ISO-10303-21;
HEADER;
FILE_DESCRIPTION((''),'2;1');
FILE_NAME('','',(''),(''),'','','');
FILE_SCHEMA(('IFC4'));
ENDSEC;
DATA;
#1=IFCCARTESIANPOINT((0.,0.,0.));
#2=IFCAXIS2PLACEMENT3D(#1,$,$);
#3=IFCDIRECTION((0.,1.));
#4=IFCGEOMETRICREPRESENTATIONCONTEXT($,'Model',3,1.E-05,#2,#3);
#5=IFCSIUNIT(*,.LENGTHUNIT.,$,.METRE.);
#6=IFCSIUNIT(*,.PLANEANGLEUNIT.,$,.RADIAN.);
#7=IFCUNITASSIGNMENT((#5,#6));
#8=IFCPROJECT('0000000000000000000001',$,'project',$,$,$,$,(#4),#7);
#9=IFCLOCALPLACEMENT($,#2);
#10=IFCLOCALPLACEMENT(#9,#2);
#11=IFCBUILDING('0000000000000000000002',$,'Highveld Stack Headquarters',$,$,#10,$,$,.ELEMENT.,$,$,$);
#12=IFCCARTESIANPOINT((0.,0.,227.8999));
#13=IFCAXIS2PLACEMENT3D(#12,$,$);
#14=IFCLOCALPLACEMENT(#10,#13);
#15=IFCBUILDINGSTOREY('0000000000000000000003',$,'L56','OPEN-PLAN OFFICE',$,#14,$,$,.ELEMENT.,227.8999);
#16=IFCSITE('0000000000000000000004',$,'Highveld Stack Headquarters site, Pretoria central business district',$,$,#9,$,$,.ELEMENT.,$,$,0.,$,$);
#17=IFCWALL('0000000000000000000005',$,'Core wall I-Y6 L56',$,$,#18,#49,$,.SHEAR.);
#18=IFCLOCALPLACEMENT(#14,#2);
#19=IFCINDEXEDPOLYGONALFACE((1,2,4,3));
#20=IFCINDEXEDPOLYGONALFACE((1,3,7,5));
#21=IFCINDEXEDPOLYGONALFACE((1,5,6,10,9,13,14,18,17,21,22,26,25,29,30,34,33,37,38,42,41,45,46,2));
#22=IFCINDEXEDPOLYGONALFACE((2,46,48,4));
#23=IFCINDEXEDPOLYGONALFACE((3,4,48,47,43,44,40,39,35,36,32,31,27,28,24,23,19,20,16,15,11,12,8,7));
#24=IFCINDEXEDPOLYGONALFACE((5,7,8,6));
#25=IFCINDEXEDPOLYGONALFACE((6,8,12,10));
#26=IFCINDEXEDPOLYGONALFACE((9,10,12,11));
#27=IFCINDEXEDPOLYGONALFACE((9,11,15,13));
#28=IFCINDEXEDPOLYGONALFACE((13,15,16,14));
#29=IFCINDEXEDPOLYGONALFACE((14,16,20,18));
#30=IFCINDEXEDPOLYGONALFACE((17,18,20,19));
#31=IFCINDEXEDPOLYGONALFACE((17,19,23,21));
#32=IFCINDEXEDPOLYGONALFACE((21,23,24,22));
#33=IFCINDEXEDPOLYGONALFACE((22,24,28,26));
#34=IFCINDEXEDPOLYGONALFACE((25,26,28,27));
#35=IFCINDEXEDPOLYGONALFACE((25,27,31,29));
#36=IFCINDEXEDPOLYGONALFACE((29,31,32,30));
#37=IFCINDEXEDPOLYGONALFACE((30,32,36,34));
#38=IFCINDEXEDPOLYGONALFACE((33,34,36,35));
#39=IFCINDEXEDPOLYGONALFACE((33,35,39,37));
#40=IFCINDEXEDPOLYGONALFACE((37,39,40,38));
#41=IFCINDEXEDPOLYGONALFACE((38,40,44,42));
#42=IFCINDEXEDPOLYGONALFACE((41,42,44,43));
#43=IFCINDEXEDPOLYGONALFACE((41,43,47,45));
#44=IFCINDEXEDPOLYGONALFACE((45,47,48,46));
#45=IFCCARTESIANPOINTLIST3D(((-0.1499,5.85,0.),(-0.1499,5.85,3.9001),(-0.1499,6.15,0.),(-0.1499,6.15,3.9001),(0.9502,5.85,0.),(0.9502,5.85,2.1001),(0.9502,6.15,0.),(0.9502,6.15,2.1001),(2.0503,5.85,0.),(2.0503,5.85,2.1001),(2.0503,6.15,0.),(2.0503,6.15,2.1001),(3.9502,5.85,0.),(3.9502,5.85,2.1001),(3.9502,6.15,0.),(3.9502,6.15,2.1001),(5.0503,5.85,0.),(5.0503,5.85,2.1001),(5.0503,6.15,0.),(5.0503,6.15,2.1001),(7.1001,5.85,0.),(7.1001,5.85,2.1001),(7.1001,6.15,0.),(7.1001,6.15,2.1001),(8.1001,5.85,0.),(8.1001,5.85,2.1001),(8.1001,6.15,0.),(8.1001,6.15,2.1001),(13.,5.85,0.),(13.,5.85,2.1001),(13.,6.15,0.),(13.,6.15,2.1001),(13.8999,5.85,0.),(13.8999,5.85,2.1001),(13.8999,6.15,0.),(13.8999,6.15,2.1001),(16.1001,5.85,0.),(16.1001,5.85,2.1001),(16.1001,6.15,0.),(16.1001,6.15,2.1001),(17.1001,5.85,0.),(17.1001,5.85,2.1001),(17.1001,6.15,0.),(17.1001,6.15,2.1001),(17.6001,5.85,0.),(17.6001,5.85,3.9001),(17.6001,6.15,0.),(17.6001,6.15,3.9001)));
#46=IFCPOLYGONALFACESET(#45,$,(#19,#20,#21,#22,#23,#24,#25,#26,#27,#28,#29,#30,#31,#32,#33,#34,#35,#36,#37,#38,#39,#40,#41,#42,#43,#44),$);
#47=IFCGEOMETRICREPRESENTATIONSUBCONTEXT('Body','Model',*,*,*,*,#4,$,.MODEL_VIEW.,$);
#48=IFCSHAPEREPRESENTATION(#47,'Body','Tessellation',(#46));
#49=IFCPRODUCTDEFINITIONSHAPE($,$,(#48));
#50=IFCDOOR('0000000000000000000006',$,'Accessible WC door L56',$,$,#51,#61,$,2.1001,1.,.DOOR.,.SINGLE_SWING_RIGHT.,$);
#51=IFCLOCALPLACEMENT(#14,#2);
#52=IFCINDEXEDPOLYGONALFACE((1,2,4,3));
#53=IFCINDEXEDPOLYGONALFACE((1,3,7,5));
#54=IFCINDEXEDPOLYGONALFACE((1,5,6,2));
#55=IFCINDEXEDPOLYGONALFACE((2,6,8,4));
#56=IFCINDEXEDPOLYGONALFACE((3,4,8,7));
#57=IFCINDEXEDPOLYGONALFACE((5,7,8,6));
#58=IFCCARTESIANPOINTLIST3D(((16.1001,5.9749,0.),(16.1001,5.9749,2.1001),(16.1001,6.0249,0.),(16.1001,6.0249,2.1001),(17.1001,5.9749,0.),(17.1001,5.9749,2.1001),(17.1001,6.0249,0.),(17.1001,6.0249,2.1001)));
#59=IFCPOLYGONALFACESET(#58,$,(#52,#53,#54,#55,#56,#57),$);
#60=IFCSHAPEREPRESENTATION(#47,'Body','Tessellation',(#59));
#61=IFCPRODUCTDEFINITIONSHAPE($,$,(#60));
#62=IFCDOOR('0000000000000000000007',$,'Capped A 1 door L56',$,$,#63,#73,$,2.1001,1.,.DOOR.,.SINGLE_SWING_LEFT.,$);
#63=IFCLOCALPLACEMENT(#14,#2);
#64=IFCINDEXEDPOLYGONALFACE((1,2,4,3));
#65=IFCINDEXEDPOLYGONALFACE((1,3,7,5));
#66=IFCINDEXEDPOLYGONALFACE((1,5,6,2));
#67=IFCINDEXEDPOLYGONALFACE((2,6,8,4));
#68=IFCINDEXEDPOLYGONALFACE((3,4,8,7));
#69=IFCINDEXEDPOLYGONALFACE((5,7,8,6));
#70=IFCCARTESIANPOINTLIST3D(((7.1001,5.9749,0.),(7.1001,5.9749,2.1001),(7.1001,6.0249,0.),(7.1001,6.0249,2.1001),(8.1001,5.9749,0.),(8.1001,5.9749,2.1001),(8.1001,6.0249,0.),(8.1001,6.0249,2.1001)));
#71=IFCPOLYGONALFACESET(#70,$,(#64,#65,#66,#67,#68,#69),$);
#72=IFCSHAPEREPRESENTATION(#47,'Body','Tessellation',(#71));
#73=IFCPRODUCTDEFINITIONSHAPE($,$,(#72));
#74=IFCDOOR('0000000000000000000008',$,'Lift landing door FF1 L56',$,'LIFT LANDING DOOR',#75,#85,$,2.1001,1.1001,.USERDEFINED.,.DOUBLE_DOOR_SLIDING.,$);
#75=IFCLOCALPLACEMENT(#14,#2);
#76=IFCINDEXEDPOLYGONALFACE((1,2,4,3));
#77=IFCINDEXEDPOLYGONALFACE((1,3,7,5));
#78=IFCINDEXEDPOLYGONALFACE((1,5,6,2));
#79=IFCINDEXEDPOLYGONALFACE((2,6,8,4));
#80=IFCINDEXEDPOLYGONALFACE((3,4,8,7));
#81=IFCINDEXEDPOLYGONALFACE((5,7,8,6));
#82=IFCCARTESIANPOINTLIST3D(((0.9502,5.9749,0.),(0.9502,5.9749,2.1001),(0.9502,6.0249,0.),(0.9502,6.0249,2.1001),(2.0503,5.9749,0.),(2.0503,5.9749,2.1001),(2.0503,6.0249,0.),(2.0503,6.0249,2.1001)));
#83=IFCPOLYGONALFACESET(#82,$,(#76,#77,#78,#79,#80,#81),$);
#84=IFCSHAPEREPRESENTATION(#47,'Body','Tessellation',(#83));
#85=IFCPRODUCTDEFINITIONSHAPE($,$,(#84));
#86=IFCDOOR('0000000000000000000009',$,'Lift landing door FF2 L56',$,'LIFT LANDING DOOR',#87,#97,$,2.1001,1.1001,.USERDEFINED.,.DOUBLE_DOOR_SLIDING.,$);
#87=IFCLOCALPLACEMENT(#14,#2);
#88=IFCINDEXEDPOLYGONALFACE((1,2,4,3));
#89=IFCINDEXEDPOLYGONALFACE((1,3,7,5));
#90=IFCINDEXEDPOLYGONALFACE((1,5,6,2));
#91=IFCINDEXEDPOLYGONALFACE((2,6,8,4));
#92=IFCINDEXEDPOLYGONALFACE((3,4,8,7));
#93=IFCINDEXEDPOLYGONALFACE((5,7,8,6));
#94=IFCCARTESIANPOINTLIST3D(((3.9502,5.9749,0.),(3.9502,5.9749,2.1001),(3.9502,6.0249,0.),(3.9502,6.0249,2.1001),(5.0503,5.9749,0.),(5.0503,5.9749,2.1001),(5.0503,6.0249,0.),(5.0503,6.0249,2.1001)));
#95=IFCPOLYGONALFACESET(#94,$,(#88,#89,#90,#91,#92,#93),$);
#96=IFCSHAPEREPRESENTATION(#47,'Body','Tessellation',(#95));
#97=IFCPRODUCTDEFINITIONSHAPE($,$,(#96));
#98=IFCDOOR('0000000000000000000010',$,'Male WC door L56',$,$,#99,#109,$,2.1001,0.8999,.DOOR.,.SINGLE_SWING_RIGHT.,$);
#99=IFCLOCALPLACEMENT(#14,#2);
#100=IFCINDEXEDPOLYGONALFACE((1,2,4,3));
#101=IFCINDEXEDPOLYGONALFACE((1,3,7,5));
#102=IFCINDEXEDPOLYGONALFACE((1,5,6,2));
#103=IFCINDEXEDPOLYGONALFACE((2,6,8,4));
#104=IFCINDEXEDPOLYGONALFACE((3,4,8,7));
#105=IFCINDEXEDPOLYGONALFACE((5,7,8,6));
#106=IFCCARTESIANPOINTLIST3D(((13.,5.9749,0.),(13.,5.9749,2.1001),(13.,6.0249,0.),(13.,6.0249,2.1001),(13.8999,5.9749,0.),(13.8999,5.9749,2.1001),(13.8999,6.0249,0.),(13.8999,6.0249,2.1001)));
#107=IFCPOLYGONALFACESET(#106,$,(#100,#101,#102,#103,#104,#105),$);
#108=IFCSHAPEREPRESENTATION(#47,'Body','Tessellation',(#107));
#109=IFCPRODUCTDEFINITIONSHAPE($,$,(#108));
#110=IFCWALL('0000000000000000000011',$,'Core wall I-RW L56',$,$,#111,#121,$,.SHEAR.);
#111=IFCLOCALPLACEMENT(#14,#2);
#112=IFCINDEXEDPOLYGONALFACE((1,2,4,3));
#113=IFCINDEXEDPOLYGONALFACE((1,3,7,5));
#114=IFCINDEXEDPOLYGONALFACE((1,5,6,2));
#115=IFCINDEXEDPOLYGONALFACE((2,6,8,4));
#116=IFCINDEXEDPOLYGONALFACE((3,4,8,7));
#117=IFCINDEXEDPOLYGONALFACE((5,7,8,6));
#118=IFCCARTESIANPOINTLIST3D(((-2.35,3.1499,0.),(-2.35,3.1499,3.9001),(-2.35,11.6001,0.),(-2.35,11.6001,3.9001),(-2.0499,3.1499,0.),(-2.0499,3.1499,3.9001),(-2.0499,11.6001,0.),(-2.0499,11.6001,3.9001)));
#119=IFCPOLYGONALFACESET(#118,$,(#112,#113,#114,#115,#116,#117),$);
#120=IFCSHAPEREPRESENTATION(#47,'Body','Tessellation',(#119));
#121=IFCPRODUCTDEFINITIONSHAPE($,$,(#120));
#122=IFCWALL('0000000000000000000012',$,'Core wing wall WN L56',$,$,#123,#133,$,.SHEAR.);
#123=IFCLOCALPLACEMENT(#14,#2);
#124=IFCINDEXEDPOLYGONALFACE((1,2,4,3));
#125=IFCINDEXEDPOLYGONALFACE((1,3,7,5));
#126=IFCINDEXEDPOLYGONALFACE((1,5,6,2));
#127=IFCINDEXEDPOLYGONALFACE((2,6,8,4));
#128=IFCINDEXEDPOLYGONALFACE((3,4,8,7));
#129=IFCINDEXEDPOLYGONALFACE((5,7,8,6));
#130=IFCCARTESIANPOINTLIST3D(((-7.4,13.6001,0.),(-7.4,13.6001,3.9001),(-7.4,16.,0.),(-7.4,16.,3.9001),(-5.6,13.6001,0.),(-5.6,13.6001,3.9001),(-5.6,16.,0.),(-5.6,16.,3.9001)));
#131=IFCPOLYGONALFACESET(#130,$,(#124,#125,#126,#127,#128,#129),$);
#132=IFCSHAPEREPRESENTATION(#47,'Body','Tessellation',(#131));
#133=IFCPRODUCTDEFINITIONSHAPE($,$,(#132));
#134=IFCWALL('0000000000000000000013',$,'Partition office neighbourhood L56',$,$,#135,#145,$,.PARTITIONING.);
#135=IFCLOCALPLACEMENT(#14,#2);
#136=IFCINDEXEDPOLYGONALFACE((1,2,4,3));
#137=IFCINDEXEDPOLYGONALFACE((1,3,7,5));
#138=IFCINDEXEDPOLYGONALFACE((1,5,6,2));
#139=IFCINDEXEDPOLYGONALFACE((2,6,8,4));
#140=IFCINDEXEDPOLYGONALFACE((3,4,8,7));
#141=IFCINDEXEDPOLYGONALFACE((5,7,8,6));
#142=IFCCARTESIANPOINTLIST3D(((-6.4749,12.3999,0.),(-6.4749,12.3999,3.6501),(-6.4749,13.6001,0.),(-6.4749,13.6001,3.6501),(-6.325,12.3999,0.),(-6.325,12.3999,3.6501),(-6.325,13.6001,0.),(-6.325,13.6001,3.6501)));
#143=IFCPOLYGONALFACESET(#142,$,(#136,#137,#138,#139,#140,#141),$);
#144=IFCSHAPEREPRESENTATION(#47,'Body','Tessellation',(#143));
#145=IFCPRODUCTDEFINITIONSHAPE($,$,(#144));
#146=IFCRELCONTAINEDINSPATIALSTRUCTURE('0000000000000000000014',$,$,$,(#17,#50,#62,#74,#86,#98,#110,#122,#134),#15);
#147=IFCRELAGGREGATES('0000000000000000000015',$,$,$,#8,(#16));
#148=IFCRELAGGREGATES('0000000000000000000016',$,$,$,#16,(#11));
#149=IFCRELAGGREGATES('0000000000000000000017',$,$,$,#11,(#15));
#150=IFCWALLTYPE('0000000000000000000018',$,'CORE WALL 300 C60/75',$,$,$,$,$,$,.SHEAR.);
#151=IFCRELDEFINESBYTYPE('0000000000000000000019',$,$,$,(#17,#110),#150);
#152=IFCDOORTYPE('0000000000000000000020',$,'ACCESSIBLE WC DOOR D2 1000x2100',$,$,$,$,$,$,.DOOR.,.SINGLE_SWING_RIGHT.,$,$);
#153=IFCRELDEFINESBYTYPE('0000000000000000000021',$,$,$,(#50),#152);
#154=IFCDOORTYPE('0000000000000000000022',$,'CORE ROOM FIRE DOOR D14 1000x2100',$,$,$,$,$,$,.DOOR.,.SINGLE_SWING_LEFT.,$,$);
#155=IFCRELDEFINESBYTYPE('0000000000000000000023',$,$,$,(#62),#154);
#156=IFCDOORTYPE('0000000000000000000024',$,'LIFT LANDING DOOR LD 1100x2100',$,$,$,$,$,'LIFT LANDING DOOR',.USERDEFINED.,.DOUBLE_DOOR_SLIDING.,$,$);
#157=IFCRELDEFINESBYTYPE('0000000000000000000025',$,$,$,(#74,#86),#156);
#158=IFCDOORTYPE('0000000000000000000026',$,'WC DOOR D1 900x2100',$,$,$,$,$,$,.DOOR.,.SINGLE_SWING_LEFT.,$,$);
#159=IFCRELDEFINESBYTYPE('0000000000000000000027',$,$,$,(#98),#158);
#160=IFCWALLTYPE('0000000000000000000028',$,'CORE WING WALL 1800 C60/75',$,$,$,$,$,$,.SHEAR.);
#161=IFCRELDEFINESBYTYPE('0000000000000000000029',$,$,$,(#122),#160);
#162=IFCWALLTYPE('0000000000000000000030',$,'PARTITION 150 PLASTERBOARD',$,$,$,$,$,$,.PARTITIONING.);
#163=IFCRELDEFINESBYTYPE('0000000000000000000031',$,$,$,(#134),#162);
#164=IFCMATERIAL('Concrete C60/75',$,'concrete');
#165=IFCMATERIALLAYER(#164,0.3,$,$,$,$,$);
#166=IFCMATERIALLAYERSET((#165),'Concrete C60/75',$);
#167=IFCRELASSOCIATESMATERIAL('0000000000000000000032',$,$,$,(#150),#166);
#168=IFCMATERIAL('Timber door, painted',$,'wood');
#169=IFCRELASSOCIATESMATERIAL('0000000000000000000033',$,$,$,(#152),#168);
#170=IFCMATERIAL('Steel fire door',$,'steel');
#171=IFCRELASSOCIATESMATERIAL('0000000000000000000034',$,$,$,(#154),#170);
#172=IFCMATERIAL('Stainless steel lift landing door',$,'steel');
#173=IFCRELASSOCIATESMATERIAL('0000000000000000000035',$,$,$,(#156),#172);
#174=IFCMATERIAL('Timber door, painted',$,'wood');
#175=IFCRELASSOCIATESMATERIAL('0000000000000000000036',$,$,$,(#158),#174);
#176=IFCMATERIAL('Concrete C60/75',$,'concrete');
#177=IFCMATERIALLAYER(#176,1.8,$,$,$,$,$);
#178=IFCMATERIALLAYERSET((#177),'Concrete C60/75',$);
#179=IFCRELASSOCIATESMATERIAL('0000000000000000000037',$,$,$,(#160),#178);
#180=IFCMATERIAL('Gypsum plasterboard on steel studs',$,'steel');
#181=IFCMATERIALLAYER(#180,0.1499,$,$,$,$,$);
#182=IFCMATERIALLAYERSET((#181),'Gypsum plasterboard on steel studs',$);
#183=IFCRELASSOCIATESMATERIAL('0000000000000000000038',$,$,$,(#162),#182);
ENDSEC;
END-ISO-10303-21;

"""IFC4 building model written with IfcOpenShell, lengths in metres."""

from ifc_helpers import new_model, si_unit, direction, frame, frame_2d, origin, place, context, subcontext, project, spatial, rectangle, extrude, material, layer, layer_set, type_object, element, fill, save


model = new_model("IFC4")

# Units and contexts
model_context = context("Model", 3, precision=1e-05, world=origin(), true_north=direction((0.0, 1.0)))
body_context = subcontext(model_context, "Body", "Model", "MODEL_VIEW")
ifc_project = project(units=[si_unit("LENGTHUNIT", "METRE"), si_unit("PLANEANGLEUNIT", "RADIAN")], contexts=[model_context])

# Site, building, storey
site_placement = place(None, origin())
site = spatial("IfcSite", under=ifc_project, at=site_placement, Name="Highveld Stack Headquarters site, Pretoria central business district", CompositionType="ELEMENT", RefElevation=0.0)
building_placement = place(site_placement, origin())
building = spatial("IfcBuilding", under=site, at=building_placement, Name="Highveld Stack Headquarters", CompositionType="ELEMENT")
storey_placement = place(building_placement, frame((0.0, 0.0, 227.8999)))
storey = spatial("IfcBuildingStorey", under=building, at=storey_placement, Name="L56", Description="OPEN-PLAN OFFICE", CompositionType="ELEMENT", Elevation=227.8999)

# Wall, openings, doors
ifc_material_1 = material(Name="Concrete C60/75", Category="concrete")
ifc_layer_1 = layer(ifc_material_1, 0.3)
ifc_layer_set_1 = layer_set([ifc_layer_1], Name="Concrete C60/75")
wall_type_1 = type_object("IfcWallType", Name="CORE WALL 300 C60/75", PredefinedType="SHEAR", material=ifc_layer_set_1)
wall_1_placement = place(storey_placement, frame((-0.1499, 6.0, 0.0), z_axis=(0.0, 0.0, 1.0), x_axis=(1.0, 0.0, 0.0)))
wall_1 = element("IfcWall", 1, at=wall_1_placement, inside=storey, type_object=wall_type_1, Name="Core wall I-Y6 L56", PredefinedType="SHEAR", context=body_context, shape_type="SweptSolid", body=[
    extrude(rectangle(XDim=17.75, YDim=0.3, at=frame_2d((8.875, 0.0))), origin(), (0.0, 0.0, 1.0), 3.9001),
])
opening_1_placement = place(wall_1_placement, frame((13.1499, 0.0, 0.0)))
opening_1 = element("IfcOpeningElement", 2, at=opening_1_placement, cuts=wall_1, PredefinedType="OPENING", context=body_context, shape_type="SweptSolid", body=[
    extrude(rectangle(XDim=0.8999, YDim=2.1001, at=frame_2d((0.45, 1.05))), frame((0.0, 0.1599, 0.0), z_axis=(0.0, -1.0, 0.0), x_axis=(1.0, 0.0, 0.0)), (0.0, 0.0, 1.0), 0.3201),
])
opening_2_placement = place(wall_1_placement, frame((16.25, 0.0, 0.0)))
opening_2 = element("IfcOpeningElement", 3, at=opening_2_placement, cuts=wall_1, PredefinedType="OPENING", context=body_context, shape_type="SweptSolid", body=[
    extrude(rectangle(XDim=1.0, YDim=2.1001, at=frame_2d((0.5, 1.05))), frame((0.0, 0.1599, 0.0), z_axis=(0.0, -1.0, 0.0), x_axis=(1.0, 0.0, 0.0)), (0.0, 0.0, 1.0), 0.3201),
])
opening_3_placement = place(wall_1_placement, frame((7.25, 0.0, 0.0)))
opening_3 = element("IfcOpeningElement", 4, at=opening_3_placement, cuts=wall_1, PredefinedType="OPENING", context=body_context, shape_type="SweptSolid", body=[
    extrude(rectangle(XDim=1.0, YDim=2.1001, at=frame_2d((0.5, 1.05))), frame((0.0, 0.1599, 0.0), z_axis=(0.0, -1.0, 0.0), x_axis=(1.0, 0.0, 0.0)), (0.0, 0.0, 1.0), 0.3201),
])
opening_4_placement = place(wall_1_placement, frame((1.1001, 0.0, 0.0)))
opening_4 = element("IfcOpeningElement", 5, at=opening_4_placement, cuts=wall_1, PredefinedType="OPENING", context=body_context, shape_type="SweptSolid", body=[
    extrude(rectangle(XDim=1.1001, YDim=2.1001, at=frame_2d((0.55, 1.05))), frame((0.0, 0.1599, 0.0), z_axis=(0.0, -1.0, 0.0), x_axis=(1.0, 0.0, 0.0)), (0.0, 0.0, 1.0), 0.3201),
])
opening_5_placement = place(wall_1_placement, frame((4.1001, 0.0, 0.0)))
opening_5 = element("IfcOpeningElement", 6, at=opening_5_placement, cuts=wall_1, PredefinedType="OPENING", context=body_context, shape_type="SweptSolid", body=[
    extrude(rectangle(XDim=1.1001, YDim=2.1001, at=frame_2d((0.55, 1.05))), frame((0.0, 0.1599, 0.0), z_axis=(0.0, -1.0, 0.0), x_axis=(1.0, 0.0, 0.0)), (0.0, 0.0, 1.0), 0.3201),
])
ifc_material_2 = material(Name="Timber door, painted", Category="wood")
door_type_1 = type_object("IfcDoorType", Name="ACCESSIBLE WC DOOR D2 1000x2100", OperationType="SINGLE_SWING_RIGHT", PredefinedType="DOOR", material=ifc_material_2)
door_1_placement = place(opening_2_placement, origin())
door_1 = element("IfcDoor", 7, at=door_1_placement, inside=storey, type_object=door_type_1, Name="Accessible WC door L56", OperationType="SINGLE_SWING_RIGHT", OverallHeight=2.1001, OverallWidth=1.0, PredefinedType="DOOR", context=body_context, shape_type="SweptSolid", body=[
    extrude(rectangle(XDim=1.0, YDim=2.1001, at=frame_2d((0.5, 1.05))), frame((0.0, 0.0249, 0.0), z_axis=(0.0, -1.0, 0.0), x_axis=(1.0, 0.0, 0.0)), (0.0, 0.0, 1.0), 0.05),
])
fill(opening_2, door_1)
ifc_material_3 = material(Name="Steel fire door", Category="steel")
door_type_2 = type_object("IfcDoorType", Name="CORE ROOM FIRE DOOR D14 1000x2100", OperationType="SINGLE_SWING_LEFT", PredefinedType="DOOR", material=ifc_material_3)
door_2_placement = place(opening_3_placement, origin())
door_2 = element("IfcDoor", 8, at=door_2_placement, inside=storey, type_object=door_type_2, Name="Capped A 1 door L56", OperationType="SINGLE_SWING_LEFT", OverallHeight=2.1001, OverallWidth=1.0, PredefinedType="DOOR", context=body_context, shape_type="SweptSolid", body=[
    extrude(rectangle(XDim=1.0, YDim=2.1001, at=frame_2d((0.5, 1.05))), frame((0.0, 0.0249, 0.0), z_axis=(0.0, -1.0, 0.0), x_axis=(1.0, 0.0, 0.0)), (0.0, 0.0, 1.0), 0.05),
])
fill(opening_3, door_2)
ifc_material_4 = material(Name="Stainless steel lift landing door", Category="steel")
door_type_3 = type_object("IfcDoorType", Name="LIFT LANDING DOOR LD 1100x2100", ElementType="LIFT LANDING DOOR", OperationType="DOUBLE_DOOR_SLIDING", PredefinedType="USERDEFINED", material=ifc_material_4)
door_3_placement = place(opening_4_placement, origin())
door_3 = element("IfcDoor", 9, at=door_3_placement, inside=storey, type_object=door_type_3, Name="Lift landing door FF1 L56", ObjectType="LIFT LANDING DOOR", OperationType="DOUBLE_DOOR_SLIDING", OverallHeight=2.1001, OverallWidth=1.1001, PredefinedType="USERDEFINED", context=body_context, shape_type="SweptSolid", body=[
    extrude(rectangle(XDim=1.1001, YDim=2.1001, at=frame_2d((0.55, 1.05))), frame((0.0, 0.0249, 0.0), z_axis=(0.0, -1.0, 0.0), x_axis=(1.0, 0.0, 0.0)), (0.0, 0.0, 1.0), 0.05),
])
fill(opening_4, door_3)
door_4_placement = place(opening_5_placement, origin())
door_4 = element("IfcDoor", 10, at=door_4_placement, inside=storey, type_object=door_type_3, Name="Lift landing door FF2 L56", ObjectType="LIFT LANDING DOOR", OperationType="DOUBLE_DOOR_SLIDING", OverallHeight=2.1001, OverallWidth=1.1001, PredefinedType="USERDEFINED", context=body_context, shape_type="SweptSolid", body=[
    extrude(rectangle(XDim=1.1001, YDim=2.1001, at=frame_2d((0.55, 1.05))), frame((0.0, 0.0249, 0.0), z_axis=(0.0, -1.0, 0.0), x_axis=(1.0, 0.0, 0.0)), (0.0, 0.0, 1.0), 0.05),
])
fill(opening_5, door_4)
ifc_material_5 = material(Name="Timber door, painted", Category="wood")
door_type_4 = type_object("IfcDoorType", Name="WC DOOR D1 900x2100", OperationType="SINGLE_SWING_LEFT", PredefinedType="DOOR", material=ifc_material_5)
door_5_placement = place(opening_1_placement, origin())
door_5 = element("IfcDoor", 11, at=door_5_placement, inside=storey, type_object=door_type_4, Name="Male WC door L56", OperationType="SINGLE_SWING_RIGHT", OverallHeight=2.1001, OverallWidth=0.8999, PredefinedType="DOOR", context=body_context, shape_type="SweptSolid", body=[
    extrude(rectangle(XDim=0.8999, YDim=2.1001, at=frame_2d((0.45, 1.05))), frame((0.0, 0.0249, 0.0), z_axis=(0.0, -1.0, 0.0), x_axis=(1.0, 0.0, 0.0)), (0.0, 0.0, 1.0), 0.05),
])
fill(opening_1, door_5)

# Walls
wall_2_placement = place(storey_placement, frame((-2.2, 3.1499, 0.0), z_axis=(0.0, 0.0, 1.0), x_axis=(0.0, 1.0, 0.0)))
element("IfcWall", 12, at=wall_2_placement, inside=storey, type_object=wall_type_1, Name="Core wall I-RW L56", PredefinedType="SHEAR", context=body_context, shape_type="SweptSolid", body=[
    extrude(rectangle(XDim=8.4502, YDim=0.3, at=frame_2d((4.2251, 0.0))), origin(), (0.0, 0.0, 1.0), 3.9001),
])
ifc_material_6 = material(Name="Concrete C60/75", Category="concrete")
ifc_layer_2 = layer(ifc_material_6, 1.8)
ifc_layer_set_2 = layer_set([ifc_layer_2], Name="Concrete C60/75")
wall_type_2 = type_object("IfcWallType", Name="CORE WING WALL 1800 C60/75", PredefinedType="SHEAR", material=ifc_layer_set_2)
wall_3_placement = place(storey_placement, frame((-6.5, 13.6001, 0.0), z_axis=(0.0, 0.0, 1.0), x_axis=(0.0, 1.0, 0.0)))
element("IfcWall", 13, at=wall_3_placement, inside=storey, type_object=wall_type_2, Name="Core wing wall WN L56", PredefinedType="SHEAR", context=body_context, shape_type="SweptSolid", body=[
    extrude(rectangle(XDim=2.3999, YDim=1.8, at=frame_2d((1.2, 0.0))), origin(), (0.0, 0.0, 1.0), 3.9001),
])
ifc_material_7 = material(Name="Gypsum plasterboard on steel studs", Category="steel")
ifc_layer_3 = layer(ifc_material_7, 0.1499)
ifc_layer_set_3 = layer_set([ifc_layer_3], Name="Gypsum plasterboard on steel studs")
wall_type_3 = type_object("IfcWallType", Name="PARTITION 150 PLASTERBOARD", PredefinedType="PARTITIONING", material=ifc_layer_set_3)
wall_4_placement = place(storey_placement, frame((-6.3999, 12.3999, 0.0), z_axis=(0.0, 0.0, 1.0), x_axis=(0.0, 1.0, 0.0)))
element("IfcWall", 14, at=wall_4_placement, inside=storey, type_object=wall_type_3, Name="Partition office neighbourhood L56", PredefinedType="PARTITIONING", context=body_context, shape_type="SweptSolid", body=[
    extrude(rectangle(XDim=1.2002, YDim=0.1499, at=frame_2d((0.6001, 0.0))), origin(), (0.0, 0.0, 1.0), 3.6501),
])

save(model, "model.ifc")
